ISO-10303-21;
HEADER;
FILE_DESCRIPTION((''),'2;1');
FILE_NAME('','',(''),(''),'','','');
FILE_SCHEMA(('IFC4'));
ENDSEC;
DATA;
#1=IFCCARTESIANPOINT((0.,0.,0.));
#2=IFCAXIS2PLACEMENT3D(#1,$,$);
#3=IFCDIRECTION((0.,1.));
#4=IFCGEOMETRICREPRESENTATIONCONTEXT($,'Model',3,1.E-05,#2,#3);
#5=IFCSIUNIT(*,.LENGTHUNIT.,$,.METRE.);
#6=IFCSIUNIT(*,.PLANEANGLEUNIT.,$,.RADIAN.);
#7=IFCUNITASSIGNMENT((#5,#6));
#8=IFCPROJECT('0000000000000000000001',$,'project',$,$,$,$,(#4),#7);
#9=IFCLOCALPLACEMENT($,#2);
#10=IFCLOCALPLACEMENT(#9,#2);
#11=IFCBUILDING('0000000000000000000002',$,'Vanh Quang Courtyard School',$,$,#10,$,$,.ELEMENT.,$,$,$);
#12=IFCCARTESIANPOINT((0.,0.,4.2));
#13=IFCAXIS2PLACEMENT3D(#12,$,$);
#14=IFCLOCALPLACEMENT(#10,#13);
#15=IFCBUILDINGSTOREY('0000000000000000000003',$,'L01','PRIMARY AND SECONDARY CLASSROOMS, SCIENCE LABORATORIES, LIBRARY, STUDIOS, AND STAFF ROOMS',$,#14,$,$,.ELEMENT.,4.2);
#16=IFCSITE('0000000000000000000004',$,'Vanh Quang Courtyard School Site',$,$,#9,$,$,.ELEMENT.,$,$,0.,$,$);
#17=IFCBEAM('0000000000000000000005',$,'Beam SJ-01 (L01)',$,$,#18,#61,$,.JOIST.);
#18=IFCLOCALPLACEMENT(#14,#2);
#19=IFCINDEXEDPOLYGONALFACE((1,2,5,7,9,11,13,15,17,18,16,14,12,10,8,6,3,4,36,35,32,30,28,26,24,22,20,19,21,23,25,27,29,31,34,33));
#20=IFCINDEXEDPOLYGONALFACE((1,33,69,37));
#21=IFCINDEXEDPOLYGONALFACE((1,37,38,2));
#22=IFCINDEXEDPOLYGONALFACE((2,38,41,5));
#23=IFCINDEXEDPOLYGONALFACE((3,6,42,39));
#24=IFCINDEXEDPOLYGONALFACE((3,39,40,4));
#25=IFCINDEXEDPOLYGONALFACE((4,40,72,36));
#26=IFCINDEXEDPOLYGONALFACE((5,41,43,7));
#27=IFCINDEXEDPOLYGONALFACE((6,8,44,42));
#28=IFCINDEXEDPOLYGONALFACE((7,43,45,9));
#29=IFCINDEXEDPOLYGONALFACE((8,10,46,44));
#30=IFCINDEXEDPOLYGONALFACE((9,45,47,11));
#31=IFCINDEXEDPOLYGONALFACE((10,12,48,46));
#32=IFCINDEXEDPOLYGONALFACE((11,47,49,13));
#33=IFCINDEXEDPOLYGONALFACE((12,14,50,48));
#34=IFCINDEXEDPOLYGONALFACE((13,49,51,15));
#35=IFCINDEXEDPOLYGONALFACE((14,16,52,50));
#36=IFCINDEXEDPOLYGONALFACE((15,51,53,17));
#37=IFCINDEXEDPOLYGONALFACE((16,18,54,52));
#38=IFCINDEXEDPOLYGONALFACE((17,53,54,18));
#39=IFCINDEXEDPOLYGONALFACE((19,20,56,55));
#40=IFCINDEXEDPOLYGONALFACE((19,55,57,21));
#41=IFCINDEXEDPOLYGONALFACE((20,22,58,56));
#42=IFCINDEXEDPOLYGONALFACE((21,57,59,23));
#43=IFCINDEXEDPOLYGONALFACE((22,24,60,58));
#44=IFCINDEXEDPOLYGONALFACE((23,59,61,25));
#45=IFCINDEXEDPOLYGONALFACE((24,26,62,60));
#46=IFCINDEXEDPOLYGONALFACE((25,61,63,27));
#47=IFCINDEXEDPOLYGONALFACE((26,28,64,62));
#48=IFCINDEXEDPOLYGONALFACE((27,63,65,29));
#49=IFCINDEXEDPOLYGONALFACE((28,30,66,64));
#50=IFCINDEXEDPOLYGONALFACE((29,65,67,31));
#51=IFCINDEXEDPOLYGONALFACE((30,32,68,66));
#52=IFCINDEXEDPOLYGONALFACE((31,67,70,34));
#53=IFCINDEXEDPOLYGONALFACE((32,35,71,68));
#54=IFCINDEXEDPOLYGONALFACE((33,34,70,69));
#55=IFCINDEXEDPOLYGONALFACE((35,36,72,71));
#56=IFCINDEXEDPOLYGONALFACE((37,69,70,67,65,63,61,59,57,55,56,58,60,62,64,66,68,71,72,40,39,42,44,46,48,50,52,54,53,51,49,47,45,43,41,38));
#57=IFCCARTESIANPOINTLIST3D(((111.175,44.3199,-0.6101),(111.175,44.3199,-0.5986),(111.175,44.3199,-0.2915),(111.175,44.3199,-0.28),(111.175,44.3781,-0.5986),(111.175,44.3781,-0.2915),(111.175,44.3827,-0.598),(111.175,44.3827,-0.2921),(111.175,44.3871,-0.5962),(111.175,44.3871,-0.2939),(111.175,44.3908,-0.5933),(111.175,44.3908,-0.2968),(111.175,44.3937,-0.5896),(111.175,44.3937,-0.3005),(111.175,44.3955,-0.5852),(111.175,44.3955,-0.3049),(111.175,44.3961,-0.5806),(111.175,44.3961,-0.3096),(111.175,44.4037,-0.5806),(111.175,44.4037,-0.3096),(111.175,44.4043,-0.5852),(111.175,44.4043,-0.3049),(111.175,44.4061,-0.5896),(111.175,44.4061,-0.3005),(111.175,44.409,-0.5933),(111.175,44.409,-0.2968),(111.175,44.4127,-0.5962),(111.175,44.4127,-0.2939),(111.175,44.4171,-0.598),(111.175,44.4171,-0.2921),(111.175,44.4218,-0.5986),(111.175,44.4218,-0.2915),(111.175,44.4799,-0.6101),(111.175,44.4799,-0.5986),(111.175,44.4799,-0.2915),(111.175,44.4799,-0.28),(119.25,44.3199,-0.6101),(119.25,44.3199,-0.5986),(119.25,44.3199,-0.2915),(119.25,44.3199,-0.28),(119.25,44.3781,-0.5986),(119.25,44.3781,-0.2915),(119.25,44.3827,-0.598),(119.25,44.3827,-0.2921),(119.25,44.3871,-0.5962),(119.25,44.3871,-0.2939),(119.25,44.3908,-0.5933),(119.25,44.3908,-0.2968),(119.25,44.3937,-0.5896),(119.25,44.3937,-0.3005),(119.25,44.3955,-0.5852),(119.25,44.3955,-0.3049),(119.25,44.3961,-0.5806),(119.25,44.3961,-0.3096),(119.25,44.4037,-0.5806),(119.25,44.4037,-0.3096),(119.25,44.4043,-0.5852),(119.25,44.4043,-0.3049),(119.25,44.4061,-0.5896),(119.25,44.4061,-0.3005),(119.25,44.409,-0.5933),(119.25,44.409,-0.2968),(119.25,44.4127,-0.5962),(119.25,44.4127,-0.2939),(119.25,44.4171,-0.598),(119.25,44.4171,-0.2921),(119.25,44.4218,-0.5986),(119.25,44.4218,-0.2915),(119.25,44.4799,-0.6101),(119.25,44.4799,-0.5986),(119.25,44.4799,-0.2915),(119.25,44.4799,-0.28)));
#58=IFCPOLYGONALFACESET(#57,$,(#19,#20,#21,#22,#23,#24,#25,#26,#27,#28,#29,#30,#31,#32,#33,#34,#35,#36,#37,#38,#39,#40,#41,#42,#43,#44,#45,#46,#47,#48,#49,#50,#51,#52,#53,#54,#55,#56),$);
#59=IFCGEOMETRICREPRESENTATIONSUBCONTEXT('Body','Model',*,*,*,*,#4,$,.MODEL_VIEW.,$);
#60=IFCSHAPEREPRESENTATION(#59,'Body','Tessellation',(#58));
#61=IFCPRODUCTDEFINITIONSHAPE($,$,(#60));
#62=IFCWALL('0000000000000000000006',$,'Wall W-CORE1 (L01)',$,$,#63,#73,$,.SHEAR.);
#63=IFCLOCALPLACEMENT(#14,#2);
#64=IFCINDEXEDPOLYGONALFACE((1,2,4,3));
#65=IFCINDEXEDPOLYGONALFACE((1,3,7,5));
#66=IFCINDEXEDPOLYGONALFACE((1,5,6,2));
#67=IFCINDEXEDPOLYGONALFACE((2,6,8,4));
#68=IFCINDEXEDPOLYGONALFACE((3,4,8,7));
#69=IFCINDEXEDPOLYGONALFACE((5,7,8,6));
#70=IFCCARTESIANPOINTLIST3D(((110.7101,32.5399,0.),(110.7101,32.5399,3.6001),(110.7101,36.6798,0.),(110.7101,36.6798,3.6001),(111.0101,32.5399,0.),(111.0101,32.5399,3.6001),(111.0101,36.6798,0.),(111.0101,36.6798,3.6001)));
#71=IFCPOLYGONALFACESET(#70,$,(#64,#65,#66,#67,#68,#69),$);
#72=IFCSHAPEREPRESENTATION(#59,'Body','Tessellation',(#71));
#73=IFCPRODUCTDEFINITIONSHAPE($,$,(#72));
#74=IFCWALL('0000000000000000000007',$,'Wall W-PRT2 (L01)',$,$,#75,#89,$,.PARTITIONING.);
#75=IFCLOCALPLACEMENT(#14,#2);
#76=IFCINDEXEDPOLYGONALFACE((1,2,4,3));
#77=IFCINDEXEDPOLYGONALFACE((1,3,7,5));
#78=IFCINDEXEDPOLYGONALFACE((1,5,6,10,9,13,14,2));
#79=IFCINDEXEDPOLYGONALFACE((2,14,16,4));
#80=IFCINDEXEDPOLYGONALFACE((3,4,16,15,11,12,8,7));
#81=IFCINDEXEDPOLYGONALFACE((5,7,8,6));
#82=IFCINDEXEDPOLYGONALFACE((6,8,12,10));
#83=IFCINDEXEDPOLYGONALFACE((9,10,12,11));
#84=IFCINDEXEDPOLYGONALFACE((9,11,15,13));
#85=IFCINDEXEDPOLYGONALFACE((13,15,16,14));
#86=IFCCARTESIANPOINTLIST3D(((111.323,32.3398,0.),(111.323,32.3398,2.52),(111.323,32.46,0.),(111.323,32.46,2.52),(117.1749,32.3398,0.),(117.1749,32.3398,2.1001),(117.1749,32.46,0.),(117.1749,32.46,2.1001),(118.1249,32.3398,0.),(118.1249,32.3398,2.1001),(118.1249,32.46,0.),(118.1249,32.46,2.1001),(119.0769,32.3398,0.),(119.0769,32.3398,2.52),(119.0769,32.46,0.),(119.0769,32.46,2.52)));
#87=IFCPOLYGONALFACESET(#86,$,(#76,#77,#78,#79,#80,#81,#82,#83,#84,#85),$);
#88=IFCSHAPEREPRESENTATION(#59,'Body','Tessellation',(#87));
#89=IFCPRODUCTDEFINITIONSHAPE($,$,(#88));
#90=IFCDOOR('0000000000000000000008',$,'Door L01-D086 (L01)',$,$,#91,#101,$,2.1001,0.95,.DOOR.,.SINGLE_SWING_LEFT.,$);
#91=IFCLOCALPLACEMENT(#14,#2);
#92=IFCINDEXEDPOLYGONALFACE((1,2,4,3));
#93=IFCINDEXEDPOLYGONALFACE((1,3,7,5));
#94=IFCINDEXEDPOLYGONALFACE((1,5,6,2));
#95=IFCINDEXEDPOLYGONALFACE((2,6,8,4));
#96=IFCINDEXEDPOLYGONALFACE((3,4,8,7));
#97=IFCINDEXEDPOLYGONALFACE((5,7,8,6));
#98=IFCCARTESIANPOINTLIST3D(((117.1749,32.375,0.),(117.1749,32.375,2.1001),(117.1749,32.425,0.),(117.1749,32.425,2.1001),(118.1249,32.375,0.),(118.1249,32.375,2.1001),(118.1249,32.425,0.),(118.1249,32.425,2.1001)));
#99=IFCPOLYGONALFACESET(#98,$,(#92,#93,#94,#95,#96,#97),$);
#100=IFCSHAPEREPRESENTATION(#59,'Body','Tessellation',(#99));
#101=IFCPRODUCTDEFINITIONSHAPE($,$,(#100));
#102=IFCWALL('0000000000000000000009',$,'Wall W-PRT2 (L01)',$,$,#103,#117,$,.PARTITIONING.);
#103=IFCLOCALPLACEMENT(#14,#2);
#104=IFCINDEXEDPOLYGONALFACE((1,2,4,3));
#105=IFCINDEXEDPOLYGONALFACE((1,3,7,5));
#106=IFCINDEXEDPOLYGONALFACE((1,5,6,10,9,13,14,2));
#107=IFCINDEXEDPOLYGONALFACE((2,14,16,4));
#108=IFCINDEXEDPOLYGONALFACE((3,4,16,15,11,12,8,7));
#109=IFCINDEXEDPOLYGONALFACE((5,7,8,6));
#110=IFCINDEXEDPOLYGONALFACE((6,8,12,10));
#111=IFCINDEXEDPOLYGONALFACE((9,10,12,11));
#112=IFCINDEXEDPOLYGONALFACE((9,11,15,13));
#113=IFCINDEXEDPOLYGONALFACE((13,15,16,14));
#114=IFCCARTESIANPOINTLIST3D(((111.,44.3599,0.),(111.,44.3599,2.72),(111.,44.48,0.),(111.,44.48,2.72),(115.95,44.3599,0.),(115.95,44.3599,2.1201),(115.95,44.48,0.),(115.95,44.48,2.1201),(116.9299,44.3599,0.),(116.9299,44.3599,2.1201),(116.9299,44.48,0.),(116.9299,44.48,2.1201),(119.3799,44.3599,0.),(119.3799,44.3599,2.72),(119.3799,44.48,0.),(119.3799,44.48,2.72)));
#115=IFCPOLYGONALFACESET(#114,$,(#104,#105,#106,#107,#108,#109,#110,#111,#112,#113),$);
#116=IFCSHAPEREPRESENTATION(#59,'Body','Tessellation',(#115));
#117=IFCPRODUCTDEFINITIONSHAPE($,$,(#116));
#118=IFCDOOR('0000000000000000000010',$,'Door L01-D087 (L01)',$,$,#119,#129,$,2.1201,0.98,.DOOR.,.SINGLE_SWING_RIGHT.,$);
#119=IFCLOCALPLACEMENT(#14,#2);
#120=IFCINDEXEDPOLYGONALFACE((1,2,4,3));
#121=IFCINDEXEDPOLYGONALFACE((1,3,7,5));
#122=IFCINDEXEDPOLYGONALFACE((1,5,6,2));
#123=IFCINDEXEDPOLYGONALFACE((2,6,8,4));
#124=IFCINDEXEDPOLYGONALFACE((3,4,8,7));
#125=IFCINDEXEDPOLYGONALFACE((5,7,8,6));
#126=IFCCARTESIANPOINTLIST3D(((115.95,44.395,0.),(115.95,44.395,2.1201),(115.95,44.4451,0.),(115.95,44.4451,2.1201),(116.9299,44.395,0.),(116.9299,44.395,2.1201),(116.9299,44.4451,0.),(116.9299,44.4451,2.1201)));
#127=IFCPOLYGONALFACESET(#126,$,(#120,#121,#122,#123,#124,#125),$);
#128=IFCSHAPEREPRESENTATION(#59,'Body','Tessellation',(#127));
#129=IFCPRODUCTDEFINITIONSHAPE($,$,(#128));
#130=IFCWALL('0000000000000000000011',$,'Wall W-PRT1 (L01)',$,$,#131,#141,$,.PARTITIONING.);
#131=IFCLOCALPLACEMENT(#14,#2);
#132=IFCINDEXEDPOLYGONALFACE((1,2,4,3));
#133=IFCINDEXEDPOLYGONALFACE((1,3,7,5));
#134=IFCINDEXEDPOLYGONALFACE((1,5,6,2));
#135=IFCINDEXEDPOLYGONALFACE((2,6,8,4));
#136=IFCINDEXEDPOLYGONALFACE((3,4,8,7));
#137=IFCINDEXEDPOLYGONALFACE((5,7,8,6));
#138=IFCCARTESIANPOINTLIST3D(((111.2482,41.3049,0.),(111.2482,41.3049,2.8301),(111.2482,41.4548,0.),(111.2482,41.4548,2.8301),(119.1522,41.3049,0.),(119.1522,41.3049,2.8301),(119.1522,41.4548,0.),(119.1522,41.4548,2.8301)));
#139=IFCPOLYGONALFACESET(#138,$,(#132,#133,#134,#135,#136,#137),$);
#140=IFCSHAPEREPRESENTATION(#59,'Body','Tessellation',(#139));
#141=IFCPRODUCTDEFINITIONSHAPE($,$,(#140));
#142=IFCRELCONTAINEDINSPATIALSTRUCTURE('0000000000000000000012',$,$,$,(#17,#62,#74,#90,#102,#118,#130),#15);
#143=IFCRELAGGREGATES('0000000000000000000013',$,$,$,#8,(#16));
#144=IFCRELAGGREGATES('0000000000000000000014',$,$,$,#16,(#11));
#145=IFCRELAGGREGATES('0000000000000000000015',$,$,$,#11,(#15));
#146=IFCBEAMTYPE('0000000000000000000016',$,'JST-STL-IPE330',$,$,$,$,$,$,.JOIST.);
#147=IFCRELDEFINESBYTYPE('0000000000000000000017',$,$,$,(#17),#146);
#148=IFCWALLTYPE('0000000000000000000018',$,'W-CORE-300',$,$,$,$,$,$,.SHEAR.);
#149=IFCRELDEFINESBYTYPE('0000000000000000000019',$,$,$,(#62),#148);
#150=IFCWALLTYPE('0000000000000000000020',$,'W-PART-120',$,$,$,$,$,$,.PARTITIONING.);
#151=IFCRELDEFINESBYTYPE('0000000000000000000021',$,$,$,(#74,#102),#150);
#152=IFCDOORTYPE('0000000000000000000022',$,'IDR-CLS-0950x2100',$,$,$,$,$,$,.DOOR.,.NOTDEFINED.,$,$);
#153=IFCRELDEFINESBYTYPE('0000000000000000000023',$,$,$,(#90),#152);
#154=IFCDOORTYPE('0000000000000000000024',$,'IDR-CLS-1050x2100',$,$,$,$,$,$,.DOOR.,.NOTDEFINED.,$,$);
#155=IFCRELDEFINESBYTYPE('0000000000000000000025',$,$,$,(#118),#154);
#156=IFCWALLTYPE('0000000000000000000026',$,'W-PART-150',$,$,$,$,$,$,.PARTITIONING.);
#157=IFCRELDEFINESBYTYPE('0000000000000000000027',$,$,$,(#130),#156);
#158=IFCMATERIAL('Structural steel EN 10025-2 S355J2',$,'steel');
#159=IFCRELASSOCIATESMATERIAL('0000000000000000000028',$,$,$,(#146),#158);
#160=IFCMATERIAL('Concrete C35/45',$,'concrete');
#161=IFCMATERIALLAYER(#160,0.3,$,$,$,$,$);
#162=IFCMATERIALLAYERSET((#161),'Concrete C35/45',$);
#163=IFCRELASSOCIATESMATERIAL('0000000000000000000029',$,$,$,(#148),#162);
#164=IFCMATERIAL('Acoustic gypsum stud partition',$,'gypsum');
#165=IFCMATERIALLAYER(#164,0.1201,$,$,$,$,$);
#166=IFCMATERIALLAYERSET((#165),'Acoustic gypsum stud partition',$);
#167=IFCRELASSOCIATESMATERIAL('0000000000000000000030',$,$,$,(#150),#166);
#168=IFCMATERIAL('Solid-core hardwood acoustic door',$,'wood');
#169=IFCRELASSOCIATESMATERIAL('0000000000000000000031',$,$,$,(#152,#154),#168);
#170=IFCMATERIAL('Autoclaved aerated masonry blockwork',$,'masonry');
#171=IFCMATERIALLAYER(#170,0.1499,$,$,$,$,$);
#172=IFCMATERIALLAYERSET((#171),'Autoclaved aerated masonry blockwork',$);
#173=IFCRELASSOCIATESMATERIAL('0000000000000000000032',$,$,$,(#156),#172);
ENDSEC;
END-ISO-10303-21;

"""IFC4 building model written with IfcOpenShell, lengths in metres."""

from ifc_helpers import new_model, si_unit, direction, frame, frame_2d, origin, origin_2d, place, context, subcontext, project, spatial, rectangle, i_section, extrude, material, layer, layer_set, material_profile, profile_set, type_object, element, fill, save


model = new_model("IFC4")

# Units and contexts
model_context = context("Model", 3, precision=1e-05, world=origin(), true_north=direction((0.0, 1.0)))
body_context = subcontext(model_context, "Body", "Model", "MODEL_VIEW")
ifc_project = project(units=[si_unit("LENGTHUNIT", "METRE"), si_unit("PLANEANGLEUNIT", "RADIAN")], contexts=[model_context])

# Site, building, storey
site_placement = place(None, origin())
site = spatial("IfcSite", under=ifc_project, at=site_placement, Name="Vanh Quang Courtyard School Site", CompositionType="ELEMENT", RefElevation=0.0)
building_placement = place(site_placement, origin())
building = spatial("IfcBuilding", under=site, at=building_placement, Name="Vanh Quang Courtyard School", CompositionType="ELEMENT")
storey_placement = place(building_placement, frame((0.0, 0.0, 4.2)))
storey = spatial("IfcBuildingStorey", under=building, at=storey_placement, Name="L01", Description="PRIMARY AND SECONDARY CLASSROOMS, SCIENCE LABORATORIES, LIBRARY, STUDIOS, AND STAFF ROOMS", CompositionType="ELEMENT", Elevation=4.2)

# Shared definitions
ifc_material_1 = material(Name="Concrete C35/45", Category="concrete")

# Beam
ifc_material_2 = material(Name="Structural steel EN 10025-2 S355J2", Category="steel")
ifc_material_profile_1 = material_profile(ifc_material_2, i_section(OverallWidth=0.1599, OverallDepth=0.3301, WebThickness=0.0076, FlangeThickness=0.0115, FilletRadius=0.0181, at=origin_2d()), Name="IPE 330")
ifc_profile_set_1 = profile_set([ifc_material_profile_1], Name="Structural steel EN 10025-2 S355J2")
beam_type_1 = type_object("IfcBeamType", Name="JST-STL-IPE330", PredefinedType="JOIST", material=ifc_profile_set_1)
beam_1_placement = place(storey_placement, frame((111.175, 44.3999, -0.4451), z_axis=(1.0, 0.0, 0.0), x_axis=(0.0, 1.0, 0.0)))
element("IfcBeam", 1, at=beam_1_placement, inside=storey, type_object=beam_type_1, Name="Beam SJ-01 (L01)", PredefinedType="JOIST", context=body_context, shape_type="SweptSolid", body=[
    extrude(i_section(OverallWidth=0.1599, OverallDepth=0.3301, WebThickness=0.0076, FlangeThickness=0.0115, FilletRadius=0.0181, at=origin_2d()), origin(), (0.0, 0.0, 1.0), 8.075),
])

# Wall
ifc_layer_1 = layer(ifc_material_1, 0.3)
ifc_layer_set_1 = layer_set([ifc_layer_1], Name="Concrete C35/45")
wall_type_1 = type_object("IfcWallType", Name="W-CORE-300", PredefinedType="SHEAR", material=ifc_layer_set_1)
wall_1_placement = place(storey_placement, frame((110.8601, 32.54, 0.0), z_axis=(0.0, 0.0, 1.0), x_axis=(0.0, 1.0, 0.0)))
element("IfcWall", 2, at=wall_1_placement, inside=storey, type_object=wall_type_1, Name="Wall W-CORE1 (L01)", PredefinedType="SHEAR", context=body_context, shape_type="SweptSolid", body=[
    extrude(rectangle(XDim=4.1399, YDim=0.3, at=frame_2d((2.0698, 0.0))), origin(), (0.0, 0.0, 1.0), 3.6001),
])

# Walls, openings, doors
ifc_material_3 = material(Name="Acoustic gypsum stud partition", Category="gypsum")
ifc_layer_2 = layer(ifc_material_3, 0.1201)
ifc_layer_set_2 = layer_set([ifc_layer_2], Name="Acoustic gypsum stud partition")
wall_type_2 = type_object("IfcWallType", Name="W-PART-120", PredefinedType="PARTITIONING", material=ifc_layer_set_2)
wall_2_placement = place(storey_placement, frame((119.0769, 32.3999, 0.0), z_axis=(0.0, 0.0, 1.0), x_axis=(-1.0, 0.0, 0.0)))
wall_2 = element("IfcWall", 3, at=wall_2_placement, inside=storey, type_object=wall_type_2, Name="Wall W-PRT2 (L01)", PredefinedType="PARTITIONING", context=body_context, shape_type="SweptSolid", body=[
    extrude(rectangle(XDim=7.7539, YDim=0.1201, at=frame_2d((3.877, 0.0))), origin(), (0.0, 0.0, 1.0), 2.52),
])
opening_1_placement = place(wall_2_placement, frame((0.9519, 0.0, 0.0)))
opening_1 = element("IfcOpeningElement", 4, at=opening_1_placement, cuts=wall_2, PredefinedType="OPENING", context=body_context, shape_type="SweptSolid", body=[
    extrude(rectangle(XDim=0.95, YDim=2.1001, at=frame_2d((0.4751, 1.05))), frame((0.0, 0.0701, 0.0), z_axis=(0.0, -1.0, 0.0), x_axis=(1.0, 0.0, 0.0)), (0.0, 0.0, 1.0), 0.1401),
])
ifc_material_4 = material(Name="Solid-core hardwood acoustic door", Category="wood")
door_type_1 = type_object("IfcDoorType", Name="IDR-CLS-0950x2100", OperationType="NOTDEFINED", PredefinedType="DOOR", material=ifc_material_4)
door_1_placement = place(opening_1_placement, origin())
door_1 = element("IfcDoor", 5, at=door_1_placement, inside=storey, type_object=door_type_1, Name="Door L01-D086 (L01)", OperationType="SINGLE_SWING_LEFT", OverallHeight=2.1001, OverallWidth=0.95, PredefinedType="DOOR", context=body_context, shape_type="SweptSolid", body=[
    extrude(rectangle(XDim=0.95, YDim=2.1001, at=frame_2d((0.4751, 1.05))), frame((0.0, 0.0249, 0.0), z_axis=(0.0, -1.0, 0.0), x_axis=(1.0, 0.0, 0.0)), (0.0, 0.0, 1.0), 0.05),
])
fill(opening_1, door_1)
wall_3_placement = place(storey_placement, frame((119.3799, 44.4199, 0.0), z_axis=(0.0, 0.0, 1.0), x_axis=(-1.0, 0.0, 0.0)))
wall_3 = element("IfcWall", 6, at=wall_3_placement, inside=storey, type_object=wall_type_2, Name="Wall W-PRT2 (L01)", PredefinedType="PARTITIONING", context=body_context, shape_type="SweptSolid", body=[
    extrude(rectangle(XDim=8.3799, YDim=0.1201, at=frame_2d((4.1899, 0.0))), origin(), (0.0, 0.0, 1.0), 2.72),
])
opening_2_placement = place(wall_3_placement, frame((2.45, 0.0, 0.0)))
opening_2 = element("IfcOpeningElement", 7, at=opening_2_placement, cuts=wall_3, PredefinedType="OPENING", context=body_context, shape_type="SweptSolid", body=[
    extrude(rectangle(XDim=0.98, YDim=2.1201, at=frame_2d((0.49, 1.0601))), frame((0.0, 0.0701, 0.0), z_axis=(0.0, -1.0, 0.0), x_axis=(1.0, 0.0, 0.0)), (0.0, 0.0, 1.0), 0.1401),
])
door_type_2 = type_object("IfcDoorType", Name="IDR-CLS-1050x2100", OperationType="NOTDEFINED", PredefinedType="DOOR", material=ifc_material_4)
door_2_placement = place(opening_2_placement, origin())
door_2 = element("IfcDoor", 8, at=door_2_placement, inside=storey, type_object=door_type_2, Name="Door L01-D087 (L01)", OperationType="SINGLE_SWING_RIGHT", OverallHeight=2.1201, OverallWidth=0.98, PredefinedType="DOOR", context=body_context, shape_type="SweptSolid", body=[
    extrude(rectangle(XDim=0.98, YDim=2.1201, at=frame_2d((0.49, 1.0601))), frame((0.0, 0.0249, 0.0), z_axis=(0.0, -1.0, 0.0), x_axis=(1.0, 0.0, 0.0)), (0.0, 0.0, 1.0), 0.05),
])
fill(opening_2, door_2)

# Wall
ifc_material_5 = material(Name="Autoclaved aerated masonry blockwork", Category="masonry")
ifc_layer_3 = layer(ifc_material_5, 0.1499)
ifc_layer_set_3 = layer_set([ifc_layer_3], Name="Autoclaved aerated masonry blockwork")
wall_type_3 = type_object("IfcWallType", Name="W-PART-150", PredefinedType="PARTITIONING", material=ifc_layer_set_3)
wall_4_placement = place(storey_placement, frame((111.248, 41.3799, 0.0), z_axis=(0.0, 0.0, 1.0), x_axis=(1.0, 0.0, 0.0)))
element("IfcWall", 9, at=wall_4_placement, inside=storey, type_object=wall_type_3, Name="Wall W-PRT1 (L01)", PredefinedType="PARTITIONING", context=body_context, shape_type="SweptSolid", body=[
    extrude(rectangle(XDim=7.9041, YDim=0.1499, at=frame_2d((3.9521, 0.0))), origin(), (0.0, 0.0, 1.0), 2.8301),
])

save(model, "model.ifc")
